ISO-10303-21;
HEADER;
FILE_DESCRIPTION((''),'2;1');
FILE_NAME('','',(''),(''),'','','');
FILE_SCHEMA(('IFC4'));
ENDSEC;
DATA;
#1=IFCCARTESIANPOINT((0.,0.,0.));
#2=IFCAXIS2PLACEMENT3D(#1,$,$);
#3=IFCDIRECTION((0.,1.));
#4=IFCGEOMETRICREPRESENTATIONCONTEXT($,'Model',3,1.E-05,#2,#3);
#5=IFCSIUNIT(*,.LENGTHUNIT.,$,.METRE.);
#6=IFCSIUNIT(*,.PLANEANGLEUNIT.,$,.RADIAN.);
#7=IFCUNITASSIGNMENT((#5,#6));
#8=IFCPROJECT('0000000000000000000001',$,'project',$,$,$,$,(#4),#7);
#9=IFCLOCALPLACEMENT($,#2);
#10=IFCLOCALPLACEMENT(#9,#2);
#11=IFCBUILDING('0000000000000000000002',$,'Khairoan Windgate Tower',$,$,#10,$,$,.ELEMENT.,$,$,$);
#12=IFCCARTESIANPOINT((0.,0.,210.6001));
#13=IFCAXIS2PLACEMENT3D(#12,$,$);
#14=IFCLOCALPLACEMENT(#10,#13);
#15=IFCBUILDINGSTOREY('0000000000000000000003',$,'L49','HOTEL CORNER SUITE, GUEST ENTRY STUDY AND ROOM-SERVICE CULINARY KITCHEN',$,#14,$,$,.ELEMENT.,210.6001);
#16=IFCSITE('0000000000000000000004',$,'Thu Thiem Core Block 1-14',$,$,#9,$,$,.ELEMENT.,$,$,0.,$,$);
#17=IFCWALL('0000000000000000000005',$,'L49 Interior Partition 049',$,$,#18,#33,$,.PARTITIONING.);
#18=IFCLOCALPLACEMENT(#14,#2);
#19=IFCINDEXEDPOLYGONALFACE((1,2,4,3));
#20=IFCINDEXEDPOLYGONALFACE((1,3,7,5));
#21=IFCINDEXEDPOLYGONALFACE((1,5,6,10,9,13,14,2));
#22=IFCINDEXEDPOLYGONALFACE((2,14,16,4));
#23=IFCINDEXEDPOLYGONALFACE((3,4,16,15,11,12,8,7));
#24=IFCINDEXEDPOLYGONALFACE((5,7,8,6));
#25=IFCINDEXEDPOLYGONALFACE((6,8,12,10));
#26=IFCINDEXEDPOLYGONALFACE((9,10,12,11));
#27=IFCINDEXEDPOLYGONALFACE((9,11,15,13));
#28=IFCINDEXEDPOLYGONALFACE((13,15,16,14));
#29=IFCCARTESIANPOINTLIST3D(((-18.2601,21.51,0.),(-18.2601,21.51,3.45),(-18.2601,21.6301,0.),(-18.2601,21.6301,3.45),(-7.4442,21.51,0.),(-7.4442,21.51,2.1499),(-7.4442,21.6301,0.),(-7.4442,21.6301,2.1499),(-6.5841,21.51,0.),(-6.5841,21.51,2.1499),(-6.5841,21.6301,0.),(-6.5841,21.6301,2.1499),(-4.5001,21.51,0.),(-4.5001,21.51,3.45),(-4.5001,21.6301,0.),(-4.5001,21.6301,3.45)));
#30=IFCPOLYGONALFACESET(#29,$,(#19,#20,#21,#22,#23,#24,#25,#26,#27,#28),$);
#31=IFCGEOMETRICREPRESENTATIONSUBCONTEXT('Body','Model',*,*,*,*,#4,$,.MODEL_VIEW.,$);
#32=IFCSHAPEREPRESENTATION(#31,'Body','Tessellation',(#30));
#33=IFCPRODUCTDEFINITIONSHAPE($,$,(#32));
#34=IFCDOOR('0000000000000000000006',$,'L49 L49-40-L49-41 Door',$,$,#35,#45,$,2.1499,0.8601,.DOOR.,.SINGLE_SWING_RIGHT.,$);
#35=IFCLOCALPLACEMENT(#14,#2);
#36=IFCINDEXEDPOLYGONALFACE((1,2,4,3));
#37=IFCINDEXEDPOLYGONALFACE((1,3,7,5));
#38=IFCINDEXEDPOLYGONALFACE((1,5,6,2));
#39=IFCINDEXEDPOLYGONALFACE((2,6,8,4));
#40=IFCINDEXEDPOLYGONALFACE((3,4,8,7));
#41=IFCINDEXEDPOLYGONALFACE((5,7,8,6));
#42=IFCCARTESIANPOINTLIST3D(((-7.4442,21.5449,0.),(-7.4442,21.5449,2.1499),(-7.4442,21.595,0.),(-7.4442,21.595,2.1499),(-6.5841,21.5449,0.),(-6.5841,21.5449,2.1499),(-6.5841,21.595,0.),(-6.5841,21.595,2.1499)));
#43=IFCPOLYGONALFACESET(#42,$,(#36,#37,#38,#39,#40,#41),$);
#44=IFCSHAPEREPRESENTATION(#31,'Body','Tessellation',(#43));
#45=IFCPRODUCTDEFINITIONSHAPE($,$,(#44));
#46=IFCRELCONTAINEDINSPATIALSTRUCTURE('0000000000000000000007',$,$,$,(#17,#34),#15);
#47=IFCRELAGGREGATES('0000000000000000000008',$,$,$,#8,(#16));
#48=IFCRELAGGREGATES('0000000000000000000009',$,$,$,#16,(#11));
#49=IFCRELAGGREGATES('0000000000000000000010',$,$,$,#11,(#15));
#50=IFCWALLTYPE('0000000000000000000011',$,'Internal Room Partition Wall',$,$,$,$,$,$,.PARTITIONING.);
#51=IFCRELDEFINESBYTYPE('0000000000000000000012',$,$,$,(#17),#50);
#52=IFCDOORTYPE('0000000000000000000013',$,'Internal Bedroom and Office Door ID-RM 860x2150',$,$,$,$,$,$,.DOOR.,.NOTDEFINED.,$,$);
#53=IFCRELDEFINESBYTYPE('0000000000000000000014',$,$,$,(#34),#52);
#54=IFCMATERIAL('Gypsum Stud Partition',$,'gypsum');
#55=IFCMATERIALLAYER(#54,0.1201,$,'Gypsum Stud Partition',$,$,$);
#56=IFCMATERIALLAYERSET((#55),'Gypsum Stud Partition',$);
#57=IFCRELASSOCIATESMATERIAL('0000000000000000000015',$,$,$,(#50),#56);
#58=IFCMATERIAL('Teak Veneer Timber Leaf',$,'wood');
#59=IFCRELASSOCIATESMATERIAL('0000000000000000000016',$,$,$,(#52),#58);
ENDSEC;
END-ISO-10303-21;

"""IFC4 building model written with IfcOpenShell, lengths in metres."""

from ifc_helpers import new_model, si_unit, direction, frame, frame_2d, origin, place, context, subcontext, project, spatial, rectangle, extrude, material, layer, layer_set, type_object, element, fill, save


model = new_model("IFC4")

# Units and contexts
model_context = context("Model", 3, precision=1e-05, world=origin(), true_north=direction((0.0, 1.0)))
body_context = subcontext(model_context, "Body", "Model", "MODEL_VIEW")
ifc_project = project(units=[si_unit("LENGTHUNIT", "METRE"), si_unit("PLANEANGLEUNIT", "RADIAN")], contexts=[model_context])

# Site, building, storey
site_placement = place(None, origin())
site = spatial("IfcSite", under=ifc_project, at=site_placement, Name="Thu Thiem Core Block 1-14", CompositionType="ELEMENT", RefElevation=0.0)
building_placement = place(site_placement, origin())
building = spatial("IfcBuilding", under=site, at=building_placement, Name="Khairoan Windgate Tower", CompositionType="ELEMENT")
storey_placement = place(building_placement, frame((0.0, 0.0, 210.6001)))
storey = spatial("IfcBuildingStorey", under=building, at=storey_placement, Name="L49", Description="HOTEL CORNER SUITE, GUEST ENTRY STUDY AND ROOM-SERVICE CULINARY KITCHEN", CompositionType="ELEMENT", Elevation=210.6001)

# Wall, opening, door
ifc_material_1 = material(Name="Gypsum Stud Partition", Category="gypsum")
ifc_layer_1 = layer(ifc_material_1, 0.1201, Name="Gypsum Stud Partition")
ifc_layer_set_1 = layer_set([ifc_layer_1], Name="Gypsum Stud Partition")
wall_type_1 = type_object("IfcWallType", Name="Internal Room Partition Wall", PredefinedType="PARTITIONING", material=ifc_layer_set_1)
wall_1_placement = place(storey_placement, frame((-18.26, 21.5701, 0.0), z_axis=(0.0, 0.0, 1.0), x_axis=(1.0, 0.0, 0.0)))
wall_1 = element("IfcWall", 1, at=wall_1_placement, inside=storey, type_object=wall_type_1, Name="L49 Interior Partition 049", PredefinedType="PARTITIONING", context=body_context, shape_type="SweptSolid", body=[
    extrude(rectangle(XDim=13.76, YDim=0.1201, at=frame_2d((6.8799, 0.0))), origin(), (0.0, 0.0, 1.0), 3.45),
])
opening_1_placement = place(wall_1_placement, frame((10.8157, 0.0, 0.0)))
opening_1 = element("IfcOpeningElement", 2, at=opening_1_placement, cuts=wall_1, PredefinedType="OPENING", context=body_context, shape_type="SweptSolid", body=[
    extrude(rectangle(XDim=0.8601, YDim=2.1499, at=frame_2d((0.4302, 1.075))), frame((0.0, 0.0701, 0.0), z_axis=(0.0, -1.0, 0.0), x_axis=(1.0, 0.0, 0.0)), (0.0, 0.0, 1.0), 0.1401),
])
ifc_material_2 = material(Name="Teak Veneer Timber Leaf", Category="wood")
door_type_1 = type_object("IfcDoorType", Name="Internal Bedroom and Office Door ID-RM 860x2150", OperationType="NOTDEFINED", PredefinedType="DOOR", material=ifc_material_2)
door_1_placement = place(opening_1_placement, origin())
door_1 = element("IfcDoor", 3, at=door_1_placement, inside=storey, type_object=door_type_1, Name="L49 L49-40-L49-41 Door", OperationType="SINGLE_SWING_RIGHT", OverallHeight=2.1499, OverallWidth=0.8601, PredefinedType="DOOR", context=body_context, shape_type="SweptSolid", body=[
    extrude(rectangle(XDim=0.8601, YDim=2.1499, at=frame_2d((0.4302, 1.075))), frame((0.0, 0.0249, 0.0), z_axis=(0.0, -1.0, 0.0), x_axis=(1.0, 0.0, 0.0)), (0.0, 0.0, 1.0), 0.05),
])
fill(opening_1, door_1)

save(model, "model.ifc")
